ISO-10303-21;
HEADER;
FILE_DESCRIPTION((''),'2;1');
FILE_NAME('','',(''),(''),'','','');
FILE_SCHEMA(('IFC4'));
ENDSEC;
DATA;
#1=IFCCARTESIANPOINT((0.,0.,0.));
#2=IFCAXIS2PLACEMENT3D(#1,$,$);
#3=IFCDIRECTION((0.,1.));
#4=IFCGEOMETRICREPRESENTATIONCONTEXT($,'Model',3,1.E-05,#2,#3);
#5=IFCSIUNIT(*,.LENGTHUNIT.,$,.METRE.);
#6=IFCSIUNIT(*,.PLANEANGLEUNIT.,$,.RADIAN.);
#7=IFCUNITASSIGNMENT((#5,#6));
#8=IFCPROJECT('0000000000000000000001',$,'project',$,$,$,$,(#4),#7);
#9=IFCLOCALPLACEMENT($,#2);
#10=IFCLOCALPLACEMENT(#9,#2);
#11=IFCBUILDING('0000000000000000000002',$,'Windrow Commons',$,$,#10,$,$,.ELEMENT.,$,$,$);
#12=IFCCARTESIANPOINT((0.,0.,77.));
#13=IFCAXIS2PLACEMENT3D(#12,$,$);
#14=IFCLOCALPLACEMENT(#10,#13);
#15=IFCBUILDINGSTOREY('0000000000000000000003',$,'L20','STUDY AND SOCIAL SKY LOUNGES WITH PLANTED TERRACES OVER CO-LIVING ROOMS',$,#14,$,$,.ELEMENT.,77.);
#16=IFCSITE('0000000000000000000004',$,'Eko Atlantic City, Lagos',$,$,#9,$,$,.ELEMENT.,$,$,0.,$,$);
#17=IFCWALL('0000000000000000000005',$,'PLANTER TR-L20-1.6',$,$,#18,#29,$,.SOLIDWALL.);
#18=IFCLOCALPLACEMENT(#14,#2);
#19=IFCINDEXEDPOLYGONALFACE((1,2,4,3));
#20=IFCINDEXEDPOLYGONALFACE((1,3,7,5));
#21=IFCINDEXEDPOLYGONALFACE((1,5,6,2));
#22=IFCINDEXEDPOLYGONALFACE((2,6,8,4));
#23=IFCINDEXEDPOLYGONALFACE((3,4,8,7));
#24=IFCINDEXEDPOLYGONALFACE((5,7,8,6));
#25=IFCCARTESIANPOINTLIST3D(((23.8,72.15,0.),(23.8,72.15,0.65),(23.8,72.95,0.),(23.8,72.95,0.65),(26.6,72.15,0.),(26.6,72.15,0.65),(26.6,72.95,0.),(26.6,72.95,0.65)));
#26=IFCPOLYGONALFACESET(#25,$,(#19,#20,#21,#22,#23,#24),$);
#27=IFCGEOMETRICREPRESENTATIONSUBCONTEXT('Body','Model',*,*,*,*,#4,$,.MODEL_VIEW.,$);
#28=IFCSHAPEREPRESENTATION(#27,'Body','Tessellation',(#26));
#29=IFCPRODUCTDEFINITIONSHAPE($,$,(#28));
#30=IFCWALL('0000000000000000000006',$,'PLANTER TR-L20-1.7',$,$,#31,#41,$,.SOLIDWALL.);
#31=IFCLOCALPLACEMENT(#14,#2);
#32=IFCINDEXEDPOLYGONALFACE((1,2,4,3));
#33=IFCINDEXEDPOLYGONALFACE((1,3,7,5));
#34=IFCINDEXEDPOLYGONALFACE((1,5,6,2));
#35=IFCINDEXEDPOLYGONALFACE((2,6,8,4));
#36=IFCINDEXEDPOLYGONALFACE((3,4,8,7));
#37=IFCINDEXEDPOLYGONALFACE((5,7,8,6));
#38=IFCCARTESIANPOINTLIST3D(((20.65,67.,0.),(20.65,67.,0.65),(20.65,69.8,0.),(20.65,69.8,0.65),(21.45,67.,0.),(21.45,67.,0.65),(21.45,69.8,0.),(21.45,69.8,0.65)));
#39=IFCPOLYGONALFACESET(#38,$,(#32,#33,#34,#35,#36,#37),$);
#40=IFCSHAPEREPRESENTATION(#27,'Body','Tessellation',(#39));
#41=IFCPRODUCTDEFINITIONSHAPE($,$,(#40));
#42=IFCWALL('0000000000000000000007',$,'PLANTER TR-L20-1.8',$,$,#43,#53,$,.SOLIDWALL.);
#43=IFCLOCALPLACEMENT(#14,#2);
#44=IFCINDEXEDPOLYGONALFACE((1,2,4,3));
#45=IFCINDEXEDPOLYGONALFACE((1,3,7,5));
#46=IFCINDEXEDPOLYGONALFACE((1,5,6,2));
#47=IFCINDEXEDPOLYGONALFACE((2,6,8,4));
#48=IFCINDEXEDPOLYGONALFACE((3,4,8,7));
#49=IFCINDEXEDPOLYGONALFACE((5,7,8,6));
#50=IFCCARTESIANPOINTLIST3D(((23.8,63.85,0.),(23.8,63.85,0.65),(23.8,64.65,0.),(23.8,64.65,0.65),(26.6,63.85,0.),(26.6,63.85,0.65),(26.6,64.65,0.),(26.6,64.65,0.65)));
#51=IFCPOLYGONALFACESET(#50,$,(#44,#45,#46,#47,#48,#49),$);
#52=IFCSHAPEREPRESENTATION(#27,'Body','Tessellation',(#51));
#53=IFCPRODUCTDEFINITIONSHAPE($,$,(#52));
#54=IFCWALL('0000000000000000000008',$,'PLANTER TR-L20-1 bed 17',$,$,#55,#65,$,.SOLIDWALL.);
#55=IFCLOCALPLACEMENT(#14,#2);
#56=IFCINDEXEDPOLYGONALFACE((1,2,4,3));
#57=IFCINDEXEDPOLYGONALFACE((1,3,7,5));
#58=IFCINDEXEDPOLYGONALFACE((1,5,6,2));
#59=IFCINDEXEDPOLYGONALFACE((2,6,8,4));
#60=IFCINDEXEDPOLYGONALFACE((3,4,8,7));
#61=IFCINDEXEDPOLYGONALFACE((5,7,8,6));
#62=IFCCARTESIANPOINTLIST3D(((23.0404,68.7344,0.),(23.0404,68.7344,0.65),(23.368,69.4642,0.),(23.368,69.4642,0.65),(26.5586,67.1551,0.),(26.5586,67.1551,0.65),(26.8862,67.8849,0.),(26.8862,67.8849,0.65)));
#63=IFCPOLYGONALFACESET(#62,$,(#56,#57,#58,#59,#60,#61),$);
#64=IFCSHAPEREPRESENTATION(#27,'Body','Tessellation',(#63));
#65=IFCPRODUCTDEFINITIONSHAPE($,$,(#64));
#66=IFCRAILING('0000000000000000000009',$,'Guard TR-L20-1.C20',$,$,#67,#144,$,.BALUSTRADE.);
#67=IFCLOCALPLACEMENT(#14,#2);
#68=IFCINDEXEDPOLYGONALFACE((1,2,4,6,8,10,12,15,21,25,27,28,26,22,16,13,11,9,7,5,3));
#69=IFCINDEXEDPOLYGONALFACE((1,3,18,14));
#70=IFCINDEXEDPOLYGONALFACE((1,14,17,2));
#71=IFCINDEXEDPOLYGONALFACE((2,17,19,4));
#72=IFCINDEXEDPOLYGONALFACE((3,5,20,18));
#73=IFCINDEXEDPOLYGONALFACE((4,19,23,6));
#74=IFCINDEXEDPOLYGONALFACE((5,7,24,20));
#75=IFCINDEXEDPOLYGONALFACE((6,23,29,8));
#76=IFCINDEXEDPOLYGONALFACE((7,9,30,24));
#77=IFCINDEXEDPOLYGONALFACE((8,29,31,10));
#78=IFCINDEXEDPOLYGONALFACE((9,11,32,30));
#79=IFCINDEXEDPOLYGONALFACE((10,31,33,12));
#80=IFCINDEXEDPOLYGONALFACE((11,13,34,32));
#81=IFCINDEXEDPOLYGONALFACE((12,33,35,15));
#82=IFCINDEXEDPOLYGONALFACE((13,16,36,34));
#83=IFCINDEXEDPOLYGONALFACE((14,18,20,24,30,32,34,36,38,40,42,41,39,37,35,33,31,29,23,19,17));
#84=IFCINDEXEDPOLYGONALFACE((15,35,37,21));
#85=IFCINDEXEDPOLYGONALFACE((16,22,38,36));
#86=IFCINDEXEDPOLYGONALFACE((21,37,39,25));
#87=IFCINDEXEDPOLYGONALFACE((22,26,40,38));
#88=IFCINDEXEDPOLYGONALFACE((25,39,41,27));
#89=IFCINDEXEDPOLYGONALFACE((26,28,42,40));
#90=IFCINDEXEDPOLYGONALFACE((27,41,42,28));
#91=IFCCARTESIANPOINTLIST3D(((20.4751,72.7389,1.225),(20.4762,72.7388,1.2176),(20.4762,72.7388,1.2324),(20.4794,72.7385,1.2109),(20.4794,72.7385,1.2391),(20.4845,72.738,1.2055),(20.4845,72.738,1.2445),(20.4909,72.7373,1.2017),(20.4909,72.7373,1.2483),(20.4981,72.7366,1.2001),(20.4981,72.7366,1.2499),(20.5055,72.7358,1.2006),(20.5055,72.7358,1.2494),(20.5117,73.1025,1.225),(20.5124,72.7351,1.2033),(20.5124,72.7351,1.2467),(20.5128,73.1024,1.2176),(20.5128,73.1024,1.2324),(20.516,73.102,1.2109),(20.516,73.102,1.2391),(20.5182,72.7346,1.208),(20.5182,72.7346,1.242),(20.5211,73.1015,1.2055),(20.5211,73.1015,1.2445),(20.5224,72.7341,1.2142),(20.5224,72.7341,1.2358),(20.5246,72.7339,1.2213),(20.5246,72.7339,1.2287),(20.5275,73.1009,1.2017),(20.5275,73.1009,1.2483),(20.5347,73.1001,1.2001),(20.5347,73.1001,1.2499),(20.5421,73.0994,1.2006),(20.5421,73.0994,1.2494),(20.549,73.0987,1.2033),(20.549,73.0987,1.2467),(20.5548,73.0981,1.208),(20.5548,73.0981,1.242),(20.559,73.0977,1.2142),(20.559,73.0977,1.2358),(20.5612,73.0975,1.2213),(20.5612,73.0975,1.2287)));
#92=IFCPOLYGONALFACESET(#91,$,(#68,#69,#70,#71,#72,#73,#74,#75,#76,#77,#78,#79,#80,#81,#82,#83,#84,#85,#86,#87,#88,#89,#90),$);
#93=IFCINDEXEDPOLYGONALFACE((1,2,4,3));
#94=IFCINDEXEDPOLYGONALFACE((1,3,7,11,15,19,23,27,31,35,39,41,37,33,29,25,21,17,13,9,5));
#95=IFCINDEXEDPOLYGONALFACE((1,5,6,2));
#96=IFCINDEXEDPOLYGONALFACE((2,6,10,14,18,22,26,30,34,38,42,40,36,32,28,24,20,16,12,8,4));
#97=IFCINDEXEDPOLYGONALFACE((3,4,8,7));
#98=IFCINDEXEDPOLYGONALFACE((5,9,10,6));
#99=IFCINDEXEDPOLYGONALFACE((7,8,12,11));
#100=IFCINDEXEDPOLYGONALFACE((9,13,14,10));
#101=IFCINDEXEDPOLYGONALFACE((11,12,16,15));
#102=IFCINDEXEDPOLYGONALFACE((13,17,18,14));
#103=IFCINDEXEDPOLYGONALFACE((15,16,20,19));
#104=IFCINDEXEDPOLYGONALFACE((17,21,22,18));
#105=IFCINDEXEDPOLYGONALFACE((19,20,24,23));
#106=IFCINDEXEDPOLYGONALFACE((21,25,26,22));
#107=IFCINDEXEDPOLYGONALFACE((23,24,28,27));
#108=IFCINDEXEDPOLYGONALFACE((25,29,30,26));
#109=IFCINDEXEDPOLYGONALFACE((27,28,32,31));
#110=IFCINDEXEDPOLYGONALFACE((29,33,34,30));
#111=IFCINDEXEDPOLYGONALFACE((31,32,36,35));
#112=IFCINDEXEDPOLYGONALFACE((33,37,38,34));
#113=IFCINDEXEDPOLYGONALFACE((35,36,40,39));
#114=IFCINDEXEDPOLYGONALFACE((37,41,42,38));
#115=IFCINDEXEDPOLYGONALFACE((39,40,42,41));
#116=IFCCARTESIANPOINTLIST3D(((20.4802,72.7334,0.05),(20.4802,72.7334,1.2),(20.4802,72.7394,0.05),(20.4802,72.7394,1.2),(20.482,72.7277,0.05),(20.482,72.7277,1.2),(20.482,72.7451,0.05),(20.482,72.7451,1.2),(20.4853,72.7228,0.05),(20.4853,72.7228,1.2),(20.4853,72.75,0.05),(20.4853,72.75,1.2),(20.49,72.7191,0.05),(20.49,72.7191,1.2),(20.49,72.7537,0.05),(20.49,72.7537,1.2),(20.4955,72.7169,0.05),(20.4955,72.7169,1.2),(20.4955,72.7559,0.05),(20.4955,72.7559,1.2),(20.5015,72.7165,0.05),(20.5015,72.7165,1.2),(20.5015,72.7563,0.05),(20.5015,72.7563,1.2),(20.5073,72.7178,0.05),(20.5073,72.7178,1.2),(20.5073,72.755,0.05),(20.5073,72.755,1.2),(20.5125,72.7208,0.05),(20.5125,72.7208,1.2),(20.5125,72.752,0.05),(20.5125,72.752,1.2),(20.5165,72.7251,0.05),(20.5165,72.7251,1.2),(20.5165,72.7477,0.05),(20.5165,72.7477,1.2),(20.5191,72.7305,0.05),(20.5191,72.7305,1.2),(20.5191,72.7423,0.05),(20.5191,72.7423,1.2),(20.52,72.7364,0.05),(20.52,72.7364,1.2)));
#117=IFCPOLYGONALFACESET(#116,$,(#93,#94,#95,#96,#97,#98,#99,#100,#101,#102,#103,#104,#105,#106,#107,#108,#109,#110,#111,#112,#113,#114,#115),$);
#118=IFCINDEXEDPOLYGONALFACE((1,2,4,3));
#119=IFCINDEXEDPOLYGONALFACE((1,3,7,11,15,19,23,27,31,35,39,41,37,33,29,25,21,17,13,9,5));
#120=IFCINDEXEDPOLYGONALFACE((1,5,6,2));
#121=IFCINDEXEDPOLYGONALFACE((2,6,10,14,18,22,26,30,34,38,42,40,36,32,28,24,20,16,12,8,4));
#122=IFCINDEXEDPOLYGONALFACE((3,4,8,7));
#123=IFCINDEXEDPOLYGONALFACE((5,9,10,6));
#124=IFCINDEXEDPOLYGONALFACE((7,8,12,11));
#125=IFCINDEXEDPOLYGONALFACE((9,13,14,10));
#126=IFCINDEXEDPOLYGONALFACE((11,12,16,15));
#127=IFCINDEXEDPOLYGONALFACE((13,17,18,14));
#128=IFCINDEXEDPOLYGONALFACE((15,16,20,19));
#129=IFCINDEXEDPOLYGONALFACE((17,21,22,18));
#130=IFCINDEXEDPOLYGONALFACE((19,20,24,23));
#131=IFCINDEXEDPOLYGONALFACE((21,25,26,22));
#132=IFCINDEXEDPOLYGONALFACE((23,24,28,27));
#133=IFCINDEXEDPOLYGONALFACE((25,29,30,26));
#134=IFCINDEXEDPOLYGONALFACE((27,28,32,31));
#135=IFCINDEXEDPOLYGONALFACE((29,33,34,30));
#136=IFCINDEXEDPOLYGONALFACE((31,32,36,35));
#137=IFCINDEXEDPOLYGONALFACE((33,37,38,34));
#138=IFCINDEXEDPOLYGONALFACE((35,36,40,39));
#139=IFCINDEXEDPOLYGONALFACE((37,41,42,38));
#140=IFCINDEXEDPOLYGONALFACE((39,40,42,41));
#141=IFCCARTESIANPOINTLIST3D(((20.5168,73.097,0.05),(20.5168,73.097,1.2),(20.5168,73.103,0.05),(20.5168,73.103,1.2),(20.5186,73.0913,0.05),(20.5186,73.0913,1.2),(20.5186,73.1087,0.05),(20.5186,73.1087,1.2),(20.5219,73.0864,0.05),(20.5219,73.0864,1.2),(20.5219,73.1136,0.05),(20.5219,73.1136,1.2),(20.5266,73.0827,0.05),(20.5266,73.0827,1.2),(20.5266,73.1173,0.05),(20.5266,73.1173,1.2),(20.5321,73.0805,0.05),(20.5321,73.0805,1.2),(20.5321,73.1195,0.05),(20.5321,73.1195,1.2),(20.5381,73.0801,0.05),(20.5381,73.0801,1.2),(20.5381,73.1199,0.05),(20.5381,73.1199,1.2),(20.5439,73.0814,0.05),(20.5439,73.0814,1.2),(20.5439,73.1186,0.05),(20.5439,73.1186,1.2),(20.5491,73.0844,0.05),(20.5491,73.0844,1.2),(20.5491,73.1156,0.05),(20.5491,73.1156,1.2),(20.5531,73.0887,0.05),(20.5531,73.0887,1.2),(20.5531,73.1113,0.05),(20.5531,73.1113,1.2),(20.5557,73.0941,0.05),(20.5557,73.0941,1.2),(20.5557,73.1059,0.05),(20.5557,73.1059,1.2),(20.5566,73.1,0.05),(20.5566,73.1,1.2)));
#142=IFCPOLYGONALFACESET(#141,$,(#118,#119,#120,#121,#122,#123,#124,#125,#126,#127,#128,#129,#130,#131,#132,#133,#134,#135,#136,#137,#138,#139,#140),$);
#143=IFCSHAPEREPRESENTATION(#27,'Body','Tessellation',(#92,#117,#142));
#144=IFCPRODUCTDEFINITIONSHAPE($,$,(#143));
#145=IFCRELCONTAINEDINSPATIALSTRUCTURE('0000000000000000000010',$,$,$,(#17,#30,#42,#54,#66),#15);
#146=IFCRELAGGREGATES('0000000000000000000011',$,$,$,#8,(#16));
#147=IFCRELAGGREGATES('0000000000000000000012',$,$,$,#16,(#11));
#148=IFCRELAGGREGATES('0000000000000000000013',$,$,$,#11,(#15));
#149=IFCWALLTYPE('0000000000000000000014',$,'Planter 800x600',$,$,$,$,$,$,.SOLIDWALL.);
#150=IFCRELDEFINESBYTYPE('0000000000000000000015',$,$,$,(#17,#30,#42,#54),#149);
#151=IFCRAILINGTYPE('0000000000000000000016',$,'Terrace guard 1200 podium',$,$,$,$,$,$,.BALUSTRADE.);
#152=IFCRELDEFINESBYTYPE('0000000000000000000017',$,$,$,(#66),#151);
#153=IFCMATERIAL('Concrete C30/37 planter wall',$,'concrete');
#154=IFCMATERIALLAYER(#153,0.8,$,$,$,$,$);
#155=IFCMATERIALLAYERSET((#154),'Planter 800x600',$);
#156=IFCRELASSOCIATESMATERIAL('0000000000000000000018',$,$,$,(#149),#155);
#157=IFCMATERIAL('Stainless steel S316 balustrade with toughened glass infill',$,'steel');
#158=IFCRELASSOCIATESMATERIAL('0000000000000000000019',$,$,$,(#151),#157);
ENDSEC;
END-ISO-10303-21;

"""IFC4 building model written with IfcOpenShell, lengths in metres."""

from ifc_helpers import new_model, si_unit, direction, frame, frame_2d, origin, origin_2d, place, context, subcontext, project, spatial, rectangle, circle, extrude, material, layer, layer_set, type_object, element, save


model = new_model("IFC4")

# Units and contexts
model_context = context("Model", 3, precision=1e-05, world=origin(), true_north=direction((0.0, 1.0)))
body_context = subcontext(model_context, "Body", "Model", "MODEL_VIEW")
ifc_project = project(units=[si_unit("LENGTHUNIT", "METRE"), si_unit("PLANEANGLEUNIT", "RADIAN")], contexts=[model_context])

# Site, building, storey
site_placement = place(None, origin())
site = spatial("IfcSite", under=ifc_project, at=site_placement, Name="Eko Atlantic City, Lagos", CompositionType="ELEMENT", RefElevation=0.0)
building_placement = place(site_placement, origin())
building = spatial("IfcBuilding", under=site, at=building_placement, Name="Windrow Commons", CompositionType="ELEMENT")
storey_placement = place(building_placement, frame((0.0, 0.0, 77.0)))
storey = spatial("IfcBuildingStorey", under=building, at=storey_placement, Name="L20", Description="STUDY AND SOCIAL SKY LOUNGES WITH PLANTED TERRACES OVER CO-LIVING ROOMS", CompositionType="ELEMENT", Elevation=77.0)

# Walls
ifc_material_1 = material(Name="Concrete C30/37 planter wall", Category="concrete")
ifc_layer_1 = layer(ifc_material_1, 0.8)
ifc_layer_set_1 = layer_set([ifc_layer_1], Name="Planter 800x600")
wall_type_1 = type_object("IfcWallType", Name="Planter 800x600", PredefinedType="SOLIDWALL", material=ifc_layer_set_1)
for number, where, z_axis, x_axis, name in (
    (1, (26.6, 72.55, 0.0), (0.0, 0.0, 1.0), (-1.0, 0.0, 0.0), "PLANTER TR-L20-1.6"),
    (2, (21.05, 69.8, 0.0), (0.0, 0.0, 1.0), (0.0, -1.0, 0.0), "PLANTER TR-L20-1.7"),
    (3, (23.8, 64.25, 0.0), (0.0, 0.0, 1.0), (1.0, 0.0, 0.0), "PLANTER TR-L20-1.8"),
):
    element("IfcWall", number, at=place(storey_placement, frame(where, z_axis=z_axis, x_axis=x_axis)), inside=storey, type_object=wall_type_1, Name=name, PredefinedType="SOLIDWALL", context=body_context, shape_type="SweptSolid", body=[
        extrude(rectangle(XDim=2.8, YDim=0.8, at=frame_2d((1.4, 0.0))), origin(), (0.0, 0.0, 1.0), 0.65),
    ])
wall_1_placement = place(storey_placement, frame((26.7224, 67.52, 0.0), z_axis=(0.0, 0.0, 1.0), x_axis=(-0.912299, 0.409526, 0.0)))
element("IfcWall", 4, at=wall_1_placement, inside=storey, type_object=wall_type_1, Name="PLANTER TR-L20-1 bed 17", PredefinedType="SOLIDWALL", context=body_context, shape_type="SweptSolid", body=[
    extrude(rectangle(XDim=3.8564, YDim=0.8, at=frame_2d((1.9282, 0.0))), origin(), (0.0, 0.0, 1.0), 0.65),
])

# Railing
ifc_material_2 = material(Name="Stainless steel S316 balustrade with toughened glass infill", Category="steel")
railing_type = type_object("IfcRailingType", Name="Terrace guard 1200 podium", PredefinedType="BALUSTRADE", material=ifc_material_2)
railing_1_placement = place(storey_placement, frame((20.5, 72.7364, 0.05)))
element("IfcRailing", 5, at=railing_1_placement, inside=storey, type_object=railing_type, Name="Guard TR-L20-1.C20", PredefinedType="BALUSTRADE", context=body_context, shape_type="SweptSolid", body=[
    extrude(circle(Radius=0.025, at=origin_2d()), frame((0.0, 0.0, 1.175), z_axis=(0.100154, 0.994972, 0.0), x_axis=(-0.994972, 0.100154, 0.0)), (0.0, 0.0, 1.0), 0.3654),
    extrude(circle(Radius=0.02, at=origin_2d()), origin(), (0.0, 0.0, 1.0), 1.15),
    extrude(circle(Radius=0.02, at=origin_2d()), frame((0.0366, 0.3636, 0.0)), (0.0, 0.0, 1.0), 1.15),
])

save(model, "model.ifc")
